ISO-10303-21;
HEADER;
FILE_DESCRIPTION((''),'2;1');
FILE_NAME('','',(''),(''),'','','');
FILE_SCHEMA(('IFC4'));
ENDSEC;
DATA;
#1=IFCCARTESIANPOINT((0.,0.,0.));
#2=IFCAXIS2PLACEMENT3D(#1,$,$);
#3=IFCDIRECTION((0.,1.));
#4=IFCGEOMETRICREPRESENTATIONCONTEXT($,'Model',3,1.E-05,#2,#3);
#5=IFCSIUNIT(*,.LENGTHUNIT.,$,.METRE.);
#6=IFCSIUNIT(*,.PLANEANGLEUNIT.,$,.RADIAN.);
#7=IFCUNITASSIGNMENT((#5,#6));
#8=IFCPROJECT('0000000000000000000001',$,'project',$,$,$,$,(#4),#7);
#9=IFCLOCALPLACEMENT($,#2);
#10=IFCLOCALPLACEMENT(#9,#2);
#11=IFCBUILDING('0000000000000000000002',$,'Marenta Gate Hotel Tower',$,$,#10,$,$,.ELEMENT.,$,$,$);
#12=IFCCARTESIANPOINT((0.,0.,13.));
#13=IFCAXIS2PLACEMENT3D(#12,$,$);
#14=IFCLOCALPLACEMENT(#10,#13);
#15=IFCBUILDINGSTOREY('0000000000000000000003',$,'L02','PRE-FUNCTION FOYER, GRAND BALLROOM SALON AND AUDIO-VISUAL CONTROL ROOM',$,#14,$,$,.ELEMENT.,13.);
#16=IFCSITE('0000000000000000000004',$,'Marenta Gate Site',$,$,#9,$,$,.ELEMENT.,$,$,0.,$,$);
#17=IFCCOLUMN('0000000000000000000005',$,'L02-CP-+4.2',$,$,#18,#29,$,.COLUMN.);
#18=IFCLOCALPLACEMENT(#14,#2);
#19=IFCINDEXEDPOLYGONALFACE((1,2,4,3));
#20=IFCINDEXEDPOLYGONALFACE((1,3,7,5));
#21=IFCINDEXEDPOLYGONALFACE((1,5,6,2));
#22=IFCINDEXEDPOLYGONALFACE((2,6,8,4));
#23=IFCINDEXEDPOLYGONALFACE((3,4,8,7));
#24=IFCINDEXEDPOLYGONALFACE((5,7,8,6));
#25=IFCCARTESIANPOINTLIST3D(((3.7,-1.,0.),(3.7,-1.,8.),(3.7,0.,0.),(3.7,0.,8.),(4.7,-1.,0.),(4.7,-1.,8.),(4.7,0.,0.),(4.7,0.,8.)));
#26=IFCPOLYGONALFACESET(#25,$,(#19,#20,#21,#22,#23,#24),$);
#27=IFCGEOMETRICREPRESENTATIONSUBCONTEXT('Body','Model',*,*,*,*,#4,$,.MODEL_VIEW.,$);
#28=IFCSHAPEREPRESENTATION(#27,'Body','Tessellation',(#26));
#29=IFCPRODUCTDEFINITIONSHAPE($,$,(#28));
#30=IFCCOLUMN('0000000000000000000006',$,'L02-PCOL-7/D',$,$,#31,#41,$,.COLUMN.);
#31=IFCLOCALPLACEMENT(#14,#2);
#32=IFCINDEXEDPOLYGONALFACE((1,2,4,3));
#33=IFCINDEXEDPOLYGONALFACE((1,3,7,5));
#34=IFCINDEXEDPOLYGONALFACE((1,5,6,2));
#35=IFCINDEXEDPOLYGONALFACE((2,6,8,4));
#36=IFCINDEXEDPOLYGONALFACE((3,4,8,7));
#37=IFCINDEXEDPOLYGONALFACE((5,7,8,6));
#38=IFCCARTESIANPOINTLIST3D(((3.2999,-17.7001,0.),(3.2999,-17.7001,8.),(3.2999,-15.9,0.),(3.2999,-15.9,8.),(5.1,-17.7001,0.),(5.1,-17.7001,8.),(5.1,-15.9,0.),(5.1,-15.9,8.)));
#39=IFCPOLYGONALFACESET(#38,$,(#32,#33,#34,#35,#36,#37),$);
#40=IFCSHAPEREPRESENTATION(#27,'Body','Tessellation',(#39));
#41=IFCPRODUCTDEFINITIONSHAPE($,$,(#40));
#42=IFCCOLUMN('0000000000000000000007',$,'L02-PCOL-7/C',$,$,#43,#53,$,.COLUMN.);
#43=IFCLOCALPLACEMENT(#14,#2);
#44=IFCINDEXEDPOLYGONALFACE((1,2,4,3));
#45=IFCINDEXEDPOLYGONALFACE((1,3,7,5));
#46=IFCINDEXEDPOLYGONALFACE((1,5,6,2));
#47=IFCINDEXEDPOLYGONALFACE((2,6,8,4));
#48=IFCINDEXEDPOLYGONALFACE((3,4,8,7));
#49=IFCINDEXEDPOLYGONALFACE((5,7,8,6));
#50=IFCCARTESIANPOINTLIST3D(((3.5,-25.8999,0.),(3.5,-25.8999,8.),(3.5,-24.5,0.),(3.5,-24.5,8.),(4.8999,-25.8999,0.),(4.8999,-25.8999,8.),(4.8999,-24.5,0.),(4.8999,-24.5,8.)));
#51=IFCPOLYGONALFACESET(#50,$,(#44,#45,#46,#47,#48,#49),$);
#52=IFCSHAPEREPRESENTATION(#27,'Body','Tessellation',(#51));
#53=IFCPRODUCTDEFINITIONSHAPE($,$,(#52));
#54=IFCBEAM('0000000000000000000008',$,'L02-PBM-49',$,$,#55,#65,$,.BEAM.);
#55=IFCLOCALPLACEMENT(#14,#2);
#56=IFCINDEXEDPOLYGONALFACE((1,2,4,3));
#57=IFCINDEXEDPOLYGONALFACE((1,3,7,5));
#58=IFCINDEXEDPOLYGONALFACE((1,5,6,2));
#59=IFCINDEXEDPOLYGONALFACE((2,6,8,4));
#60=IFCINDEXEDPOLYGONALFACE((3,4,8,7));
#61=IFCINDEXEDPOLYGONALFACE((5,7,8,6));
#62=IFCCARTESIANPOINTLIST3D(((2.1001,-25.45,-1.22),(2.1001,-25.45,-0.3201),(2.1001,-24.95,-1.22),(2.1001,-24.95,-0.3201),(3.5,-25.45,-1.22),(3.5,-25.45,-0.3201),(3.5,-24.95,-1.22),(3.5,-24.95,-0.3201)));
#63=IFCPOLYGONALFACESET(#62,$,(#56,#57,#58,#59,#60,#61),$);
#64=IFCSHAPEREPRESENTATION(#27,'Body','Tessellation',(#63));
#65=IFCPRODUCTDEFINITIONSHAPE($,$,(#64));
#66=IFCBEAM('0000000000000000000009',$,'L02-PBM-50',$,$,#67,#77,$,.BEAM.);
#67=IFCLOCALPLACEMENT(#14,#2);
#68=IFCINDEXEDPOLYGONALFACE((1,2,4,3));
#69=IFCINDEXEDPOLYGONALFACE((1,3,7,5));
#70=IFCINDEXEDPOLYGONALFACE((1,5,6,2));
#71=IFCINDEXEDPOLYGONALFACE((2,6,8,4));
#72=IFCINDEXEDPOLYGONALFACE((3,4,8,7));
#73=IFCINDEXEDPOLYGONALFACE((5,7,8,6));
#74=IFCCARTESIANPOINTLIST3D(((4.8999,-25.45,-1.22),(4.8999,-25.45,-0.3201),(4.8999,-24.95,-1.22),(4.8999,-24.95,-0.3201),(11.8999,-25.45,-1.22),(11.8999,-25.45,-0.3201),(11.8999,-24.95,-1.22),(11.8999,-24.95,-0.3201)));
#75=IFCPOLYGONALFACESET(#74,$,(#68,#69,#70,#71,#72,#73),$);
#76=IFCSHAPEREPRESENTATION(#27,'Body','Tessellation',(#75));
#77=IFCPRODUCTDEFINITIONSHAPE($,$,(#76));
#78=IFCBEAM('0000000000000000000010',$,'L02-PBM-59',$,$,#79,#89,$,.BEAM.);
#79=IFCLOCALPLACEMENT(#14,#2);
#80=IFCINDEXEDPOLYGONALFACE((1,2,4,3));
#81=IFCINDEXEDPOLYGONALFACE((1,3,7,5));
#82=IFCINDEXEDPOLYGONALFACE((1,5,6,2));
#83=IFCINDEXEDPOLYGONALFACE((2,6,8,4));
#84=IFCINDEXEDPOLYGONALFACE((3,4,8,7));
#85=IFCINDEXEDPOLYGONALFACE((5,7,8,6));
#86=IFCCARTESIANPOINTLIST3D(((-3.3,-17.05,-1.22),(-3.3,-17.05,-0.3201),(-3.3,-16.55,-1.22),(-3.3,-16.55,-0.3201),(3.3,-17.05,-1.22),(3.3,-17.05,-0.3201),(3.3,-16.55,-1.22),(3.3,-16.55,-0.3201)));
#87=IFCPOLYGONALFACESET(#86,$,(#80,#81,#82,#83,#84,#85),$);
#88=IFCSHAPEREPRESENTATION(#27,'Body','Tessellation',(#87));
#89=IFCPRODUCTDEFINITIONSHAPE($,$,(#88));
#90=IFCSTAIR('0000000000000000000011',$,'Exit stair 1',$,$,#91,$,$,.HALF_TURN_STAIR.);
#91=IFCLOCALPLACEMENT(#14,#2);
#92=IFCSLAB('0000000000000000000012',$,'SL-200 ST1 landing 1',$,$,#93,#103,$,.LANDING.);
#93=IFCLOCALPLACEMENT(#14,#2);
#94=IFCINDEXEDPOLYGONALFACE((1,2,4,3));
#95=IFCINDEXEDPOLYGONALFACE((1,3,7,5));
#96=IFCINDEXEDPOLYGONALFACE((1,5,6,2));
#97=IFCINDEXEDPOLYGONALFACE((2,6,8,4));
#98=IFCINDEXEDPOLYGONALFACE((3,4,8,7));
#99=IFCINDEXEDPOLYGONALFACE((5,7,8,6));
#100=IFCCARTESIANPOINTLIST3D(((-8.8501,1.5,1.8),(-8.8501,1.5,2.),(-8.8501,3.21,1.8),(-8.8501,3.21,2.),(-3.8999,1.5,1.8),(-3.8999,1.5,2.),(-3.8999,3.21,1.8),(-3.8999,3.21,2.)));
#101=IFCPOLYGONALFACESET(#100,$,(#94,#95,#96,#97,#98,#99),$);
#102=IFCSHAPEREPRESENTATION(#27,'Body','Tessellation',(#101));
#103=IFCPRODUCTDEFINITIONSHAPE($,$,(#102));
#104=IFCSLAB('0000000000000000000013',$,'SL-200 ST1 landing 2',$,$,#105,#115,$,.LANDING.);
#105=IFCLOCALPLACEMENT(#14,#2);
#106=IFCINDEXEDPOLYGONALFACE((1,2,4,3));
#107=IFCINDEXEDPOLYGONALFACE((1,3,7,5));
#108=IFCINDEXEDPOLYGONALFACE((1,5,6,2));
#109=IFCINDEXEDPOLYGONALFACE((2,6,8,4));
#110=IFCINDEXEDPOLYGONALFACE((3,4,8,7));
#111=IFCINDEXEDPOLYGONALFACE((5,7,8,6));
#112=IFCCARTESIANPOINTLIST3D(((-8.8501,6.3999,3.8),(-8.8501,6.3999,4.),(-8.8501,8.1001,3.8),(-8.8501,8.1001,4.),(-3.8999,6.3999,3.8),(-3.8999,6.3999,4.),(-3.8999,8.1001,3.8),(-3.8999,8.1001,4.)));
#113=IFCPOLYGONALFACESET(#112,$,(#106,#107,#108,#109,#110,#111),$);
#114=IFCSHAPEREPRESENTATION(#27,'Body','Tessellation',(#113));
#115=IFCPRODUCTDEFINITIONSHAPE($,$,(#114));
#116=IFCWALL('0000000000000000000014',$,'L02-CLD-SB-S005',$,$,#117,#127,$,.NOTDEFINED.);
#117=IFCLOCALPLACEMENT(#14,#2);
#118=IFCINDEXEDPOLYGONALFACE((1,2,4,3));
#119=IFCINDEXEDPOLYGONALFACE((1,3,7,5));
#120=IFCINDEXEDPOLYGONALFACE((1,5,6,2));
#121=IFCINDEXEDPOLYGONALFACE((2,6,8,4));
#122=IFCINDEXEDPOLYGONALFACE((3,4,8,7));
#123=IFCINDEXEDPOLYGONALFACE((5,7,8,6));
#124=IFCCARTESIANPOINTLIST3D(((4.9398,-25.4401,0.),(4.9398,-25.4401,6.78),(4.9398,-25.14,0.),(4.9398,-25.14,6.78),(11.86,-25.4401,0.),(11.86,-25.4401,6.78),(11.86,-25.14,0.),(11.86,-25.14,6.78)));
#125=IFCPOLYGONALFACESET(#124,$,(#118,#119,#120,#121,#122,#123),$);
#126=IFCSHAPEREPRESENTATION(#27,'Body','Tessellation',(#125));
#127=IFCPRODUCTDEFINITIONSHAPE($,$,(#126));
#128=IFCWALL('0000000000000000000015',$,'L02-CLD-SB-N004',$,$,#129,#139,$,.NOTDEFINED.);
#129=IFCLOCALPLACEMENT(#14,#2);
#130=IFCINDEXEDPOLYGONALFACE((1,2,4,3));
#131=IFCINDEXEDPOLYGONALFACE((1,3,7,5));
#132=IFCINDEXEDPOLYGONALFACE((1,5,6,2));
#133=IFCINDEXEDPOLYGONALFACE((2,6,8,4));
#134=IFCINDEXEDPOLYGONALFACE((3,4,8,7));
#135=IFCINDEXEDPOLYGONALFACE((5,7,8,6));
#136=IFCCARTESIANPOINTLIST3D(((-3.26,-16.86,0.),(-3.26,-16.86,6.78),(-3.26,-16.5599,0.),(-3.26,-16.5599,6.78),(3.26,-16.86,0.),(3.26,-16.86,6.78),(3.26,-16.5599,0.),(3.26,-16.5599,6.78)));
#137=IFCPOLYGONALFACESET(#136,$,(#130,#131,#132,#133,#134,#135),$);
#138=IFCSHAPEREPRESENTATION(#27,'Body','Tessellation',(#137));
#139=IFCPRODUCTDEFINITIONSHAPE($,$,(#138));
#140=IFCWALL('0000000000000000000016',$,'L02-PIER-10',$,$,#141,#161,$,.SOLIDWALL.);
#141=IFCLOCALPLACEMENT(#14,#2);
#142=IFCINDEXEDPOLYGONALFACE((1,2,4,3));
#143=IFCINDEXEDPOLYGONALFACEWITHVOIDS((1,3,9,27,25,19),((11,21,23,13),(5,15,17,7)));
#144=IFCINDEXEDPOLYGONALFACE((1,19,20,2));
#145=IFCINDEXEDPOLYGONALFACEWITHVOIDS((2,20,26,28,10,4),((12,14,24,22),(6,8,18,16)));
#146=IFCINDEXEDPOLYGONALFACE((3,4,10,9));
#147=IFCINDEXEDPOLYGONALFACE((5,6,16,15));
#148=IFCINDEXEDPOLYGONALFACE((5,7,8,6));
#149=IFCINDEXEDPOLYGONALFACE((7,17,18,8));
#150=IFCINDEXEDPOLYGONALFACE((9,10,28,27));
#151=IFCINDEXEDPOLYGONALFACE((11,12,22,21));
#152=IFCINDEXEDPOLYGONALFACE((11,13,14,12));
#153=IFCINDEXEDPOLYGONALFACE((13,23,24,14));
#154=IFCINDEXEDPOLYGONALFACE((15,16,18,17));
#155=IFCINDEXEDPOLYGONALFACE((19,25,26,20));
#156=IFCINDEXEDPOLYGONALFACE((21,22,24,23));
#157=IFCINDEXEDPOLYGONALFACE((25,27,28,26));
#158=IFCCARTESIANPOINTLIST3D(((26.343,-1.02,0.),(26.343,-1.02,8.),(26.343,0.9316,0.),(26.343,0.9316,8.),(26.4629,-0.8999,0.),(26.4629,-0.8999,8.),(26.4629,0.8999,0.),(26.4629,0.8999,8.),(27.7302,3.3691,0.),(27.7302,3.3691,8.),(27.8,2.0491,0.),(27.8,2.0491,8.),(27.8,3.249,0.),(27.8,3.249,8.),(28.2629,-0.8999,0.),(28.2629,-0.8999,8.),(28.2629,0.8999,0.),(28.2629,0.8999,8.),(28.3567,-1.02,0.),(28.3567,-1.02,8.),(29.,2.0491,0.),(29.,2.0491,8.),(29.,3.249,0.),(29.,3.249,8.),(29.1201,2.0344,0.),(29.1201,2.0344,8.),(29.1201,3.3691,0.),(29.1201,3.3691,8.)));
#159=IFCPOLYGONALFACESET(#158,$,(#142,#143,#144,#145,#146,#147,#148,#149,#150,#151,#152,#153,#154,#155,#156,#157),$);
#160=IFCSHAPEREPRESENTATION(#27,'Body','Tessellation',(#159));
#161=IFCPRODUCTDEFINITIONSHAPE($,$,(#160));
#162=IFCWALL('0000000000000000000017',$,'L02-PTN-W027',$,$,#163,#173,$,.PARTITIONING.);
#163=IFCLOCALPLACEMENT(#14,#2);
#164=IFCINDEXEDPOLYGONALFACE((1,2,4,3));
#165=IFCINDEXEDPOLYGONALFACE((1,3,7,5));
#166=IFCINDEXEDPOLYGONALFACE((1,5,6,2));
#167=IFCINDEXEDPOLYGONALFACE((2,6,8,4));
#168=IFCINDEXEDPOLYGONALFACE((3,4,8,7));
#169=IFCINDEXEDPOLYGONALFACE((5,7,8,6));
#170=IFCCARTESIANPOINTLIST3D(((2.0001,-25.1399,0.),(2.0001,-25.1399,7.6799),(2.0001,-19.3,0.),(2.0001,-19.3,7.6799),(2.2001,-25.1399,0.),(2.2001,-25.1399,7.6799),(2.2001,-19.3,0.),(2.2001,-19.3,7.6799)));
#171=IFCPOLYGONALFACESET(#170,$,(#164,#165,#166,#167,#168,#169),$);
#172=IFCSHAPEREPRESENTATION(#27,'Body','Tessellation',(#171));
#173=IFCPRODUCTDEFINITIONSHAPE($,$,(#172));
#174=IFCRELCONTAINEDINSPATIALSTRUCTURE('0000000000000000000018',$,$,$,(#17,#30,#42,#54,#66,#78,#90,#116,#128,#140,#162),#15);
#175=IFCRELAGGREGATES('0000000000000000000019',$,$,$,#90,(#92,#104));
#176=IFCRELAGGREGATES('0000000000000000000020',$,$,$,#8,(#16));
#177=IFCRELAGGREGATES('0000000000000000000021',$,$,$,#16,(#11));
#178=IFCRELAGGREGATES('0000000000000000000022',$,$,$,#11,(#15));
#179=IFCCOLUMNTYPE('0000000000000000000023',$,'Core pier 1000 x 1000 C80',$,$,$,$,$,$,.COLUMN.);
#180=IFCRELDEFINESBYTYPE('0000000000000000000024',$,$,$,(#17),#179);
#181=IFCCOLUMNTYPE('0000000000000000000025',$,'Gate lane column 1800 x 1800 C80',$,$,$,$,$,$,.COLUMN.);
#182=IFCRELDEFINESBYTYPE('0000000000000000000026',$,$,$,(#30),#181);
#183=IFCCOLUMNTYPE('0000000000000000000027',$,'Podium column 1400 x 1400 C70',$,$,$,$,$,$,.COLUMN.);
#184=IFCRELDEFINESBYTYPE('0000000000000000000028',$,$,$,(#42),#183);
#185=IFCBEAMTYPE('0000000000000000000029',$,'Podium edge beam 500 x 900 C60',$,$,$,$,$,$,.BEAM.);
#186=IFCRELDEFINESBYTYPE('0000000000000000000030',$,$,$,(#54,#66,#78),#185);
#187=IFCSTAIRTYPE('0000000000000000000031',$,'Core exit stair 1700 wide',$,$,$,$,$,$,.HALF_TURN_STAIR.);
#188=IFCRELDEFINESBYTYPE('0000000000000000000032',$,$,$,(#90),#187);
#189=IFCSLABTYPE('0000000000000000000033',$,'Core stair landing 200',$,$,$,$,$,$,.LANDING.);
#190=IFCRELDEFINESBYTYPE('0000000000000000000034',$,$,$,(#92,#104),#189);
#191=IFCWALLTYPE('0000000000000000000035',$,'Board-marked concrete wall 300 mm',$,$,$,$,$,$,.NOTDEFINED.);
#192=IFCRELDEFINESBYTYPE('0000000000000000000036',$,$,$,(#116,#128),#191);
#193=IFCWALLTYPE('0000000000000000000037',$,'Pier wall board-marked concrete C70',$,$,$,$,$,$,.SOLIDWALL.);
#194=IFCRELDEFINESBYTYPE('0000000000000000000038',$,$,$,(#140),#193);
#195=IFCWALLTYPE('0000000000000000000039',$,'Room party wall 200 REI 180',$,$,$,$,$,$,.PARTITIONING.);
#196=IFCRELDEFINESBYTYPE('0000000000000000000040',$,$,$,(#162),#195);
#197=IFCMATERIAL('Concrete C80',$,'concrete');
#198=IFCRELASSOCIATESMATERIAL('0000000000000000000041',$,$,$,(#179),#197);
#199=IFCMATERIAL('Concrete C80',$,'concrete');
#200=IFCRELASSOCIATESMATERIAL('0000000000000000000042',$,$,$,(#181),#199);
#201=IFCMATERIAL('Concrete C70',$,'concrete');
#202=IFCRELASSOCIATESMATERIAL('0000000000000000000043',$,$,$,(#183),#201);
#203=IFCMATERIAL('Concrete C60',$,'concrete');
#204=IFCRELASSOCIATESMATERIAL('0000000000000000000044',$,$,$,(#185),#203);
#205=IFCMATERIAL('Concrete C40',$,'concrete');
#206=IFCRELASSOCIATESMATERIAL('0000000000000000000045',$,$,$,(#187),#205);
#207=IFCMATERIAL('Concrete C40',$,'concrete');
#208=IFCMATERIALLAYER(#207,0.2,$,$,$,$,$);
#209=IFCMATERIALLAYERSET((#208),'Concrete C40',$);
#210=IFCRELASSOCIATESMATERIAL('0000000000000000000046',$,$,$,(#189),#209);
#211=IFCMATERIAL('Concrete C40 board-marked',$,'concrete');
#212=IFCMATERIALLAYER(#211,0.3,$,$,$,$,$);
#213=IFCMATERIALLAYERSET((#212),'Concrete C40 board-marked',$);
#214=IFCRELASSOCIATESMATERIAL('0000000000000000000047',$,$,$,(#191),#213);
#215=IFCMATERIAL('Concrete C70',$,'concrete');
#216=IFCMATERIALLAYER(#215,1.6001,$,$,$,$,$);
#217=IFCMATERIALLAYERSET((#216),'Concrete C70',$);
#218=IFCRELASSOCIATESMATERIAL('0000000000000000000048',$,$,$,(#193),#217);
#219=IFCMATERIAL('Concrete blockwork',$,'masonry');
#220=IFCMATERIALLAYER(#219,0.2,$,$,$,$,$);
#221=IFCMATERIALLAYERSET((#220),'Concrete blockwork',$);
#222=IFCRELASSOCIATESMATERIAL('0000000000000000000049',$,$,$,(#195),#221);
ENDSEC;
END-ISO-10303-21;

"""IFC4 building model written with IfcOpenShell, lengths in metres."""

from ifc_helpers import new_model, si_unit, direction, frame, frame_2d, origin, origin_2d, place, context, subcontext, project, spatial, polyline, rectangle, outline, extrude, material, layer, layer_set, material_profile, profile_set, type_object, element, aggregate, save


model = new_model("IFC4")

# Units and contexts
model_context = context("Model", 3, precision=1e-05, world=origin(), true_north=direction((0.0, 1.0)))
body_context = subcontext(model_context, "Body", "Model", "MODEL_VIEW")
ifc_project = project(units=[si_unit("LENGTHUNIT", "METRE"), si_unit("PLANEANGLEUNIT", "RADIAN")], contexts=[model_context])

# Site, building, storey
site_placement = place(None, origin())
site = spatial("IfcSite", under=ifc_project, at=site_placement, Name="Marenta Gate Site", CompositionType="ELEMENT", RefElevation=0.0)
building_placement = place(site_placement, origin())
building = spatial("IfcBuilding", under=site, at=building_placement, Name="Marenta Gate Hotel Tower", CompositionType="ELEMENT")
storey_placement = place(building_placement, frame((0.0, 0.0, 13.0)))
storey = spatial("IfcBuildingStorey", under=building, at=storey_placement, Name="L02", Description="PRE-FUNCTION FOYER, GRAND BALLROOM SALON AND AUDIO-VISUAL CONTROL ROOM", CompositionType="ELEMENT", Elevation=13.0)

# Columns
ifc_material_1 = material(Name="Concrete C80", Category="concrete")
ifc_material_profile_1 = material_profile(ifc_material_1, rectangle(XDim=1.0, YDim=1.0, at=origin_2d()), Name="1000 x 1000")
ifc_profile_set_1 = profile_set([ifc_material_profile_1], Name="Concrete C80")
column_type_1 = type_object("IfcColumnType", Name="Core pier 1000 x 1000 C80", PredefinedType="COLUMN", material=ifc_profile_set_1)
column_1_placement = place(storey_placement, frame((4.2, -0.5, 0.0), z_axis=(0.0, 0.0, 1.0), x_axis=(1.0, 0.0, 0.0)))
element("IfcColumn", 1, at=column_1_placement, inside=storey, type_object=column_type_1, Name="L02-CP-+4.2", PredefinedType="COLUMN", context=body_context, shape_type="SweptSolid", body=[
    extrude(rectangle(XDim=1.0, YDim=1.0, at=origin_2d()), origin(), (0.0, 0.0, 1.0), 8.0),
])
ifc_material_2 = material(Name="Concrete C80", Category="concrete")
ifc_material_profile_2 = material_profile(ifc_material_2, rectangle(XDim=1.8, YDim=1.8, at=origin_2d()), Name="1800 x 1800")
ifc_profile_set_2 = profile_set([ifc_material_profile_2], Name="Concrete C80")
column_type_2 = type_object("IfcColumnType", Name="Gate lane column 1800 x 1800 C80", PredefinedType="COLUMN", material=ifc_profile_set_2)
column_2_placement = place(storey_placement, frame((4.2, -16.8, 0.0), z_axis=(0.0, 0.0, 1.0), x_axis=(1.0, 0.0, 0.0)))
element("IfcColumn", 2, at=column_2_placement, inside=storey, type_object=column_type_2, Name="L02-PCOL-7/D", PredefinedType="COLUMN", context=body_context, shape_type="SweptSolid", body=[
    extrude(rectangle(XDim=1.8, YDim=1.8, at=origin_2d()), origin(), (0.0, 0.0, 1.0), 8.0),
])
ifc_material_3 = material(Name="Concrete C70", Category="concrete")
ifc_material_profile_3 = material_profile(ifc_material_3, rectangle(XDim=1.3999, YDim=1.3999, at=origin_2d()), Name="1400 x 1400")
ifc_profile_set_3 = profile_set([ifc_material_profile_3], Name="Concrete C70")
column_type_3 = type_object("IfcColumnType", Name="Podium column 1400 x 1400 C70", PredefinedType="COLUMN", material=ifc_profile_set_3)
column_3_placement = place(storey_placement, frame((4.2, -25.2, 0.0), z_axis=(0.0, 0.0, 1.0), x_axis=(1.0, 0.0, 0.0)))
element("IfcColumn", 3, at=column_3_placement, inside=storey, type_object=column_type_3, Name="L02-PCOL-7/C", PredefinedType="COLUMN", context=body_context, shape_type="SweptSolid", body=[
    extrude(rectangle(XDim=1.3999, YDim=1.3999, at=origin_2d()), origin(), (0.0, 0.0, 1.0), 8.0),
])

# Beams
ifc_material_4 = material(Name="Concrete C60", Category="concrete")
ifc_material_profile_4 = material_profile(ifc_material_4, rectangle(XDim=0.5, YDim=0.8999, at=origin_2d()), Name="500 x 900")
ifc_profile_set_4 = profile_set([ifc_material_profile_4], Name="Concrete C60")
beam_type = type_object("IfcBeamType", Name="Podium edge beam 500 x 900 C60", PredefinedType="BEAM", material=ifc_profile_set_4)
beam_1_placement = place(storey_placement, frame((2.1001, -25.2, -0.77), z_axis=(1.0, 0.0, 0.0), x_axis=(0.0, 1.0, 0.0)))
element("IfcBeam", 4, at=beam_1_placement, inside=storey, type_object=beam_type, Name="L02-PBM-49", PredefinedType="BEAM", context=body_context, shape_type="SweptSolid", body=[
    extrude(rectangle(XDim=0.5, YDim=0.8999, at=origin_2d()), origin(), (0.0, 0.0, 1.0), 1.3999),
])
beam_2_placement = place(storey_placement, frame((4.8999, -25.2, -0.77), z_axis=(1.0, 0.0, 0.0), x_axis=(0.0, 1.0, 0.0)))
element("IfcBeam", 5, at=beam_2_placement, inside=storey, type_object=beam_type, Name="L02-PBM-50", PredefinedType="BEAM", context=body_context, shape_type="SweptSolid", body=[
    extrude(rectangle(XDim=0.5, YDim=0.8999, at=origin_2d()), origin(), (0.0, 0.0, 1.0), 7.0),
])
beam_3_placement = place(storey_placement, frame((3.3, -16.8, -0.77), z_axis=(-1.0, 0.0, 0.0), x_axis=(0.0, -1.0, 0.0)))
element("IfcBeam", 6, at=beam_3_placement, inside=storey, type_object=beam_type, Name="L02-PBM-59", PredefinedType="BEAM", context=body_context, shape_type="SweptSolid", body=[
    extrude(rectangle(XDim=0.5, YDim=0.8999, at=origin_2d()), origin(), (0.0, 0.0, 1.0), 6.6001),
])

# Stair, slabs
ifc_material_5 = material(Name="Concrete C40", Category="concrete")
stair_type_1 = type_object("IfcStairType", Name="Core exit stair 1700 wide", PredefinedType="HALF_TURN_STAIR", material=ifc_material_5)
stair_1_placement = place(storey_placement, origin())
stair_1 = element("IfcStair", 7, at=stair_1_placement, inside=storey, type_object=stair_type_1, Name="Exit stair 1", PredefinedType="HALF_TURN_STAIR")
ifc_material_6 = material(Name="Concrete C40", Category="concrete")
ifc_layer_1 = layer(ifc_material_6, 0.2)
ifc_layer_set_1 = layer_set([ifc_layer_1], Name="Concrete C40")
slab_type = type_object("IfcSlabType", Name="Core stair landing 200", PredefinedType="LANDING", material=ifc_layer_set_1)
slab_1_placement = place(storey_placement, frame((0.0, 0.0, 1.8)))
slab_1 = element("IfcSlab", 8, at=slab_1_placement, type_object=slab_type, Name="SL-200 ST1 landing 1", PredefinedType="LANDING", context=body_context, shape_type="SweptSolid", body=[
    extrude(outline(polyline([(-8.8501, 1.5), (-3.8999, 1.5), (-3.8999, 3.21), (-8.8501, 3.21), (-8.8501, 1.5)])), origin(), (0.0, 0.0, 1.0), 0.2),
])
slab_2_placement = place(storey_placement, frame((0.0, 0.0, 3.8)))
slab_2 = element("IfcSlab", 9, at=slab_2_placement, type_object=slab_type, Name="SL-200 ST1 landing 2", PredefinedType="LANDING", context=body_context, shape_type="SweptSolid", body=[
    extrude(outline(polyline([(-8.8501, 6.3999), (-3.8999, 6.3999), (-3.8999, 8.1001), (-8.8501, 8.1001), (-8.8501, 6.3999)])), origin(), (0.0, 0.0, 1.0), 0.2),
])
aggregate(stair_1, [slab_1, slab_2])

# Walls
ifc_material_7 = material(Name="Concrete C40 board-marked", Category="concrete")
ifc_layer_2 = layer(ifc_material_7, 0.3)
ifc_layer_set_2 = layer_set([ifc_layer_2], Name="Concrete C40 board-marked")
wall_type_1 = type_object("IfcWallType", Name="Board-marked concrete wall 300 mm", PredefinedType="NOTDEFINED", material=ifc_layer_set_2)
wall_1_placement = place(storey_placement, frame((4.9399, -25.29, 0.0), z_axis=(0.0, 0.0, 1.0), x_axis=(1.0, 0.0, 0.0)))
element("IfcWall", 10, at=wall_1_placement, inside=storey, type_object=wall_type_1, Name="L02-CLD-SB-S005", PredefinedType="NOTDEFINED", context=body_context, shape_type="SweptSolid", body=[
    extrude(rectangle(XDim=6.9202, YDim=0.3, at=frame_2d((3.46, 0.0))), origin(), (0.0, 0.0, 1.0), 6.78),
])
wall_2_placement = place(storey_placement, frame((3.26, -16.71, 0.0), z_axis=(0.0, 0.0, 1.0), x_axis=(-1.0, 0.0, 0.0)))
element("IfcWall", 11, at=wall_2_placement, inside=storey, type_object=wall_type_1, Name="L02-CLD-SB-N004", PredefinedType="NOTDEFINED", context=body_context, shape_type="SweptSolid", body=[
    extrude(rectangle(XDim=6.52, YDim=0.3, at=frame_2d((3.26, 0.0))), origin(), (0.0, 0.0, 1.0), 6.78),
])
ifc_material_8 = material(Name="Concrete C70", Category="concrete")
ifc_layer_3 = layer(ifc_material_8, 1.6001)
ifc_layer_set_3 = layer_set([ifc_layer_3], Name="Concrete C70")
wall_type_2 = type_object("IfcWallType", Name="Pier wall board-marked concrete C70", PredefinedType="SOLIDWALL", material=ifc_layer_set_3)
wall_3_placement = place(storey_placement, origin())
element("IfcWall", 12, at=wall_3_placement, inside=storey, type_object=wall_type_2, Name="L02-PIER-10", PredefinedType="SOLIDWALL", context=body_context, shape_type="SweptSolid", body=[
    extrude(outline(polyline([(26.343, 0.9316), (27.7302, 3.3691), (29.1201, 3.3691), (29.1201, 2.0344), (28.3567, -1.02), (26.343, -1.02), (26.343, 0.9316)]), holes=[polyline([(27.8, 2.0491), (29.0, 2.0491), (29.0, 3.249), (27.8, 3.249), (27.8, 2.0491)]), polyline([(26.4629, -0.8999), (28.2629, -0.8999), (28.2629, 0.8999), (26.4629, 0.8999), (26.4629, -0.8999)])]), origin(), (0.0, 0.0, 1.0), 8.0),
])

# Wall
ifc_material_9 = material(Name="Concrete blockwork", Category="masonry")
ifc_layer_4 = layer(ifc_material_9, 0.2)
ifc_layer_set_4 = layer_set([ifc_layer_4], Name="Concrete blockwork")
wall_type_3 = type_object("IfcWallType", Name="Room party wall 200 REI 180", PredefinedType="PARTITIONING", material=ifc_layer_set_4)
wall_4_placement = place(storey_placement, frame((2.1001, -25.1399, 0.0), z_axis=(0.0, 0.0, 1.0), x_axis=(0.0, 1.0, 0.0)))
element("IfcWall", 13, at=wall_4_placement, inside=storey, type_object=wall_type_3, Name="L02-PTN-W027", PredefinedType="PARTITIONING", context=body_context, shape_type="SweptSolid", body=[
    extrude(rectangle(XDim=5.8398, YDim=0.2, at=frame_2d((2.9199, 0.0))), origin(), (0.0, 0.0, 1.0), 7.6799),
])

save(model, "model.ifc")
